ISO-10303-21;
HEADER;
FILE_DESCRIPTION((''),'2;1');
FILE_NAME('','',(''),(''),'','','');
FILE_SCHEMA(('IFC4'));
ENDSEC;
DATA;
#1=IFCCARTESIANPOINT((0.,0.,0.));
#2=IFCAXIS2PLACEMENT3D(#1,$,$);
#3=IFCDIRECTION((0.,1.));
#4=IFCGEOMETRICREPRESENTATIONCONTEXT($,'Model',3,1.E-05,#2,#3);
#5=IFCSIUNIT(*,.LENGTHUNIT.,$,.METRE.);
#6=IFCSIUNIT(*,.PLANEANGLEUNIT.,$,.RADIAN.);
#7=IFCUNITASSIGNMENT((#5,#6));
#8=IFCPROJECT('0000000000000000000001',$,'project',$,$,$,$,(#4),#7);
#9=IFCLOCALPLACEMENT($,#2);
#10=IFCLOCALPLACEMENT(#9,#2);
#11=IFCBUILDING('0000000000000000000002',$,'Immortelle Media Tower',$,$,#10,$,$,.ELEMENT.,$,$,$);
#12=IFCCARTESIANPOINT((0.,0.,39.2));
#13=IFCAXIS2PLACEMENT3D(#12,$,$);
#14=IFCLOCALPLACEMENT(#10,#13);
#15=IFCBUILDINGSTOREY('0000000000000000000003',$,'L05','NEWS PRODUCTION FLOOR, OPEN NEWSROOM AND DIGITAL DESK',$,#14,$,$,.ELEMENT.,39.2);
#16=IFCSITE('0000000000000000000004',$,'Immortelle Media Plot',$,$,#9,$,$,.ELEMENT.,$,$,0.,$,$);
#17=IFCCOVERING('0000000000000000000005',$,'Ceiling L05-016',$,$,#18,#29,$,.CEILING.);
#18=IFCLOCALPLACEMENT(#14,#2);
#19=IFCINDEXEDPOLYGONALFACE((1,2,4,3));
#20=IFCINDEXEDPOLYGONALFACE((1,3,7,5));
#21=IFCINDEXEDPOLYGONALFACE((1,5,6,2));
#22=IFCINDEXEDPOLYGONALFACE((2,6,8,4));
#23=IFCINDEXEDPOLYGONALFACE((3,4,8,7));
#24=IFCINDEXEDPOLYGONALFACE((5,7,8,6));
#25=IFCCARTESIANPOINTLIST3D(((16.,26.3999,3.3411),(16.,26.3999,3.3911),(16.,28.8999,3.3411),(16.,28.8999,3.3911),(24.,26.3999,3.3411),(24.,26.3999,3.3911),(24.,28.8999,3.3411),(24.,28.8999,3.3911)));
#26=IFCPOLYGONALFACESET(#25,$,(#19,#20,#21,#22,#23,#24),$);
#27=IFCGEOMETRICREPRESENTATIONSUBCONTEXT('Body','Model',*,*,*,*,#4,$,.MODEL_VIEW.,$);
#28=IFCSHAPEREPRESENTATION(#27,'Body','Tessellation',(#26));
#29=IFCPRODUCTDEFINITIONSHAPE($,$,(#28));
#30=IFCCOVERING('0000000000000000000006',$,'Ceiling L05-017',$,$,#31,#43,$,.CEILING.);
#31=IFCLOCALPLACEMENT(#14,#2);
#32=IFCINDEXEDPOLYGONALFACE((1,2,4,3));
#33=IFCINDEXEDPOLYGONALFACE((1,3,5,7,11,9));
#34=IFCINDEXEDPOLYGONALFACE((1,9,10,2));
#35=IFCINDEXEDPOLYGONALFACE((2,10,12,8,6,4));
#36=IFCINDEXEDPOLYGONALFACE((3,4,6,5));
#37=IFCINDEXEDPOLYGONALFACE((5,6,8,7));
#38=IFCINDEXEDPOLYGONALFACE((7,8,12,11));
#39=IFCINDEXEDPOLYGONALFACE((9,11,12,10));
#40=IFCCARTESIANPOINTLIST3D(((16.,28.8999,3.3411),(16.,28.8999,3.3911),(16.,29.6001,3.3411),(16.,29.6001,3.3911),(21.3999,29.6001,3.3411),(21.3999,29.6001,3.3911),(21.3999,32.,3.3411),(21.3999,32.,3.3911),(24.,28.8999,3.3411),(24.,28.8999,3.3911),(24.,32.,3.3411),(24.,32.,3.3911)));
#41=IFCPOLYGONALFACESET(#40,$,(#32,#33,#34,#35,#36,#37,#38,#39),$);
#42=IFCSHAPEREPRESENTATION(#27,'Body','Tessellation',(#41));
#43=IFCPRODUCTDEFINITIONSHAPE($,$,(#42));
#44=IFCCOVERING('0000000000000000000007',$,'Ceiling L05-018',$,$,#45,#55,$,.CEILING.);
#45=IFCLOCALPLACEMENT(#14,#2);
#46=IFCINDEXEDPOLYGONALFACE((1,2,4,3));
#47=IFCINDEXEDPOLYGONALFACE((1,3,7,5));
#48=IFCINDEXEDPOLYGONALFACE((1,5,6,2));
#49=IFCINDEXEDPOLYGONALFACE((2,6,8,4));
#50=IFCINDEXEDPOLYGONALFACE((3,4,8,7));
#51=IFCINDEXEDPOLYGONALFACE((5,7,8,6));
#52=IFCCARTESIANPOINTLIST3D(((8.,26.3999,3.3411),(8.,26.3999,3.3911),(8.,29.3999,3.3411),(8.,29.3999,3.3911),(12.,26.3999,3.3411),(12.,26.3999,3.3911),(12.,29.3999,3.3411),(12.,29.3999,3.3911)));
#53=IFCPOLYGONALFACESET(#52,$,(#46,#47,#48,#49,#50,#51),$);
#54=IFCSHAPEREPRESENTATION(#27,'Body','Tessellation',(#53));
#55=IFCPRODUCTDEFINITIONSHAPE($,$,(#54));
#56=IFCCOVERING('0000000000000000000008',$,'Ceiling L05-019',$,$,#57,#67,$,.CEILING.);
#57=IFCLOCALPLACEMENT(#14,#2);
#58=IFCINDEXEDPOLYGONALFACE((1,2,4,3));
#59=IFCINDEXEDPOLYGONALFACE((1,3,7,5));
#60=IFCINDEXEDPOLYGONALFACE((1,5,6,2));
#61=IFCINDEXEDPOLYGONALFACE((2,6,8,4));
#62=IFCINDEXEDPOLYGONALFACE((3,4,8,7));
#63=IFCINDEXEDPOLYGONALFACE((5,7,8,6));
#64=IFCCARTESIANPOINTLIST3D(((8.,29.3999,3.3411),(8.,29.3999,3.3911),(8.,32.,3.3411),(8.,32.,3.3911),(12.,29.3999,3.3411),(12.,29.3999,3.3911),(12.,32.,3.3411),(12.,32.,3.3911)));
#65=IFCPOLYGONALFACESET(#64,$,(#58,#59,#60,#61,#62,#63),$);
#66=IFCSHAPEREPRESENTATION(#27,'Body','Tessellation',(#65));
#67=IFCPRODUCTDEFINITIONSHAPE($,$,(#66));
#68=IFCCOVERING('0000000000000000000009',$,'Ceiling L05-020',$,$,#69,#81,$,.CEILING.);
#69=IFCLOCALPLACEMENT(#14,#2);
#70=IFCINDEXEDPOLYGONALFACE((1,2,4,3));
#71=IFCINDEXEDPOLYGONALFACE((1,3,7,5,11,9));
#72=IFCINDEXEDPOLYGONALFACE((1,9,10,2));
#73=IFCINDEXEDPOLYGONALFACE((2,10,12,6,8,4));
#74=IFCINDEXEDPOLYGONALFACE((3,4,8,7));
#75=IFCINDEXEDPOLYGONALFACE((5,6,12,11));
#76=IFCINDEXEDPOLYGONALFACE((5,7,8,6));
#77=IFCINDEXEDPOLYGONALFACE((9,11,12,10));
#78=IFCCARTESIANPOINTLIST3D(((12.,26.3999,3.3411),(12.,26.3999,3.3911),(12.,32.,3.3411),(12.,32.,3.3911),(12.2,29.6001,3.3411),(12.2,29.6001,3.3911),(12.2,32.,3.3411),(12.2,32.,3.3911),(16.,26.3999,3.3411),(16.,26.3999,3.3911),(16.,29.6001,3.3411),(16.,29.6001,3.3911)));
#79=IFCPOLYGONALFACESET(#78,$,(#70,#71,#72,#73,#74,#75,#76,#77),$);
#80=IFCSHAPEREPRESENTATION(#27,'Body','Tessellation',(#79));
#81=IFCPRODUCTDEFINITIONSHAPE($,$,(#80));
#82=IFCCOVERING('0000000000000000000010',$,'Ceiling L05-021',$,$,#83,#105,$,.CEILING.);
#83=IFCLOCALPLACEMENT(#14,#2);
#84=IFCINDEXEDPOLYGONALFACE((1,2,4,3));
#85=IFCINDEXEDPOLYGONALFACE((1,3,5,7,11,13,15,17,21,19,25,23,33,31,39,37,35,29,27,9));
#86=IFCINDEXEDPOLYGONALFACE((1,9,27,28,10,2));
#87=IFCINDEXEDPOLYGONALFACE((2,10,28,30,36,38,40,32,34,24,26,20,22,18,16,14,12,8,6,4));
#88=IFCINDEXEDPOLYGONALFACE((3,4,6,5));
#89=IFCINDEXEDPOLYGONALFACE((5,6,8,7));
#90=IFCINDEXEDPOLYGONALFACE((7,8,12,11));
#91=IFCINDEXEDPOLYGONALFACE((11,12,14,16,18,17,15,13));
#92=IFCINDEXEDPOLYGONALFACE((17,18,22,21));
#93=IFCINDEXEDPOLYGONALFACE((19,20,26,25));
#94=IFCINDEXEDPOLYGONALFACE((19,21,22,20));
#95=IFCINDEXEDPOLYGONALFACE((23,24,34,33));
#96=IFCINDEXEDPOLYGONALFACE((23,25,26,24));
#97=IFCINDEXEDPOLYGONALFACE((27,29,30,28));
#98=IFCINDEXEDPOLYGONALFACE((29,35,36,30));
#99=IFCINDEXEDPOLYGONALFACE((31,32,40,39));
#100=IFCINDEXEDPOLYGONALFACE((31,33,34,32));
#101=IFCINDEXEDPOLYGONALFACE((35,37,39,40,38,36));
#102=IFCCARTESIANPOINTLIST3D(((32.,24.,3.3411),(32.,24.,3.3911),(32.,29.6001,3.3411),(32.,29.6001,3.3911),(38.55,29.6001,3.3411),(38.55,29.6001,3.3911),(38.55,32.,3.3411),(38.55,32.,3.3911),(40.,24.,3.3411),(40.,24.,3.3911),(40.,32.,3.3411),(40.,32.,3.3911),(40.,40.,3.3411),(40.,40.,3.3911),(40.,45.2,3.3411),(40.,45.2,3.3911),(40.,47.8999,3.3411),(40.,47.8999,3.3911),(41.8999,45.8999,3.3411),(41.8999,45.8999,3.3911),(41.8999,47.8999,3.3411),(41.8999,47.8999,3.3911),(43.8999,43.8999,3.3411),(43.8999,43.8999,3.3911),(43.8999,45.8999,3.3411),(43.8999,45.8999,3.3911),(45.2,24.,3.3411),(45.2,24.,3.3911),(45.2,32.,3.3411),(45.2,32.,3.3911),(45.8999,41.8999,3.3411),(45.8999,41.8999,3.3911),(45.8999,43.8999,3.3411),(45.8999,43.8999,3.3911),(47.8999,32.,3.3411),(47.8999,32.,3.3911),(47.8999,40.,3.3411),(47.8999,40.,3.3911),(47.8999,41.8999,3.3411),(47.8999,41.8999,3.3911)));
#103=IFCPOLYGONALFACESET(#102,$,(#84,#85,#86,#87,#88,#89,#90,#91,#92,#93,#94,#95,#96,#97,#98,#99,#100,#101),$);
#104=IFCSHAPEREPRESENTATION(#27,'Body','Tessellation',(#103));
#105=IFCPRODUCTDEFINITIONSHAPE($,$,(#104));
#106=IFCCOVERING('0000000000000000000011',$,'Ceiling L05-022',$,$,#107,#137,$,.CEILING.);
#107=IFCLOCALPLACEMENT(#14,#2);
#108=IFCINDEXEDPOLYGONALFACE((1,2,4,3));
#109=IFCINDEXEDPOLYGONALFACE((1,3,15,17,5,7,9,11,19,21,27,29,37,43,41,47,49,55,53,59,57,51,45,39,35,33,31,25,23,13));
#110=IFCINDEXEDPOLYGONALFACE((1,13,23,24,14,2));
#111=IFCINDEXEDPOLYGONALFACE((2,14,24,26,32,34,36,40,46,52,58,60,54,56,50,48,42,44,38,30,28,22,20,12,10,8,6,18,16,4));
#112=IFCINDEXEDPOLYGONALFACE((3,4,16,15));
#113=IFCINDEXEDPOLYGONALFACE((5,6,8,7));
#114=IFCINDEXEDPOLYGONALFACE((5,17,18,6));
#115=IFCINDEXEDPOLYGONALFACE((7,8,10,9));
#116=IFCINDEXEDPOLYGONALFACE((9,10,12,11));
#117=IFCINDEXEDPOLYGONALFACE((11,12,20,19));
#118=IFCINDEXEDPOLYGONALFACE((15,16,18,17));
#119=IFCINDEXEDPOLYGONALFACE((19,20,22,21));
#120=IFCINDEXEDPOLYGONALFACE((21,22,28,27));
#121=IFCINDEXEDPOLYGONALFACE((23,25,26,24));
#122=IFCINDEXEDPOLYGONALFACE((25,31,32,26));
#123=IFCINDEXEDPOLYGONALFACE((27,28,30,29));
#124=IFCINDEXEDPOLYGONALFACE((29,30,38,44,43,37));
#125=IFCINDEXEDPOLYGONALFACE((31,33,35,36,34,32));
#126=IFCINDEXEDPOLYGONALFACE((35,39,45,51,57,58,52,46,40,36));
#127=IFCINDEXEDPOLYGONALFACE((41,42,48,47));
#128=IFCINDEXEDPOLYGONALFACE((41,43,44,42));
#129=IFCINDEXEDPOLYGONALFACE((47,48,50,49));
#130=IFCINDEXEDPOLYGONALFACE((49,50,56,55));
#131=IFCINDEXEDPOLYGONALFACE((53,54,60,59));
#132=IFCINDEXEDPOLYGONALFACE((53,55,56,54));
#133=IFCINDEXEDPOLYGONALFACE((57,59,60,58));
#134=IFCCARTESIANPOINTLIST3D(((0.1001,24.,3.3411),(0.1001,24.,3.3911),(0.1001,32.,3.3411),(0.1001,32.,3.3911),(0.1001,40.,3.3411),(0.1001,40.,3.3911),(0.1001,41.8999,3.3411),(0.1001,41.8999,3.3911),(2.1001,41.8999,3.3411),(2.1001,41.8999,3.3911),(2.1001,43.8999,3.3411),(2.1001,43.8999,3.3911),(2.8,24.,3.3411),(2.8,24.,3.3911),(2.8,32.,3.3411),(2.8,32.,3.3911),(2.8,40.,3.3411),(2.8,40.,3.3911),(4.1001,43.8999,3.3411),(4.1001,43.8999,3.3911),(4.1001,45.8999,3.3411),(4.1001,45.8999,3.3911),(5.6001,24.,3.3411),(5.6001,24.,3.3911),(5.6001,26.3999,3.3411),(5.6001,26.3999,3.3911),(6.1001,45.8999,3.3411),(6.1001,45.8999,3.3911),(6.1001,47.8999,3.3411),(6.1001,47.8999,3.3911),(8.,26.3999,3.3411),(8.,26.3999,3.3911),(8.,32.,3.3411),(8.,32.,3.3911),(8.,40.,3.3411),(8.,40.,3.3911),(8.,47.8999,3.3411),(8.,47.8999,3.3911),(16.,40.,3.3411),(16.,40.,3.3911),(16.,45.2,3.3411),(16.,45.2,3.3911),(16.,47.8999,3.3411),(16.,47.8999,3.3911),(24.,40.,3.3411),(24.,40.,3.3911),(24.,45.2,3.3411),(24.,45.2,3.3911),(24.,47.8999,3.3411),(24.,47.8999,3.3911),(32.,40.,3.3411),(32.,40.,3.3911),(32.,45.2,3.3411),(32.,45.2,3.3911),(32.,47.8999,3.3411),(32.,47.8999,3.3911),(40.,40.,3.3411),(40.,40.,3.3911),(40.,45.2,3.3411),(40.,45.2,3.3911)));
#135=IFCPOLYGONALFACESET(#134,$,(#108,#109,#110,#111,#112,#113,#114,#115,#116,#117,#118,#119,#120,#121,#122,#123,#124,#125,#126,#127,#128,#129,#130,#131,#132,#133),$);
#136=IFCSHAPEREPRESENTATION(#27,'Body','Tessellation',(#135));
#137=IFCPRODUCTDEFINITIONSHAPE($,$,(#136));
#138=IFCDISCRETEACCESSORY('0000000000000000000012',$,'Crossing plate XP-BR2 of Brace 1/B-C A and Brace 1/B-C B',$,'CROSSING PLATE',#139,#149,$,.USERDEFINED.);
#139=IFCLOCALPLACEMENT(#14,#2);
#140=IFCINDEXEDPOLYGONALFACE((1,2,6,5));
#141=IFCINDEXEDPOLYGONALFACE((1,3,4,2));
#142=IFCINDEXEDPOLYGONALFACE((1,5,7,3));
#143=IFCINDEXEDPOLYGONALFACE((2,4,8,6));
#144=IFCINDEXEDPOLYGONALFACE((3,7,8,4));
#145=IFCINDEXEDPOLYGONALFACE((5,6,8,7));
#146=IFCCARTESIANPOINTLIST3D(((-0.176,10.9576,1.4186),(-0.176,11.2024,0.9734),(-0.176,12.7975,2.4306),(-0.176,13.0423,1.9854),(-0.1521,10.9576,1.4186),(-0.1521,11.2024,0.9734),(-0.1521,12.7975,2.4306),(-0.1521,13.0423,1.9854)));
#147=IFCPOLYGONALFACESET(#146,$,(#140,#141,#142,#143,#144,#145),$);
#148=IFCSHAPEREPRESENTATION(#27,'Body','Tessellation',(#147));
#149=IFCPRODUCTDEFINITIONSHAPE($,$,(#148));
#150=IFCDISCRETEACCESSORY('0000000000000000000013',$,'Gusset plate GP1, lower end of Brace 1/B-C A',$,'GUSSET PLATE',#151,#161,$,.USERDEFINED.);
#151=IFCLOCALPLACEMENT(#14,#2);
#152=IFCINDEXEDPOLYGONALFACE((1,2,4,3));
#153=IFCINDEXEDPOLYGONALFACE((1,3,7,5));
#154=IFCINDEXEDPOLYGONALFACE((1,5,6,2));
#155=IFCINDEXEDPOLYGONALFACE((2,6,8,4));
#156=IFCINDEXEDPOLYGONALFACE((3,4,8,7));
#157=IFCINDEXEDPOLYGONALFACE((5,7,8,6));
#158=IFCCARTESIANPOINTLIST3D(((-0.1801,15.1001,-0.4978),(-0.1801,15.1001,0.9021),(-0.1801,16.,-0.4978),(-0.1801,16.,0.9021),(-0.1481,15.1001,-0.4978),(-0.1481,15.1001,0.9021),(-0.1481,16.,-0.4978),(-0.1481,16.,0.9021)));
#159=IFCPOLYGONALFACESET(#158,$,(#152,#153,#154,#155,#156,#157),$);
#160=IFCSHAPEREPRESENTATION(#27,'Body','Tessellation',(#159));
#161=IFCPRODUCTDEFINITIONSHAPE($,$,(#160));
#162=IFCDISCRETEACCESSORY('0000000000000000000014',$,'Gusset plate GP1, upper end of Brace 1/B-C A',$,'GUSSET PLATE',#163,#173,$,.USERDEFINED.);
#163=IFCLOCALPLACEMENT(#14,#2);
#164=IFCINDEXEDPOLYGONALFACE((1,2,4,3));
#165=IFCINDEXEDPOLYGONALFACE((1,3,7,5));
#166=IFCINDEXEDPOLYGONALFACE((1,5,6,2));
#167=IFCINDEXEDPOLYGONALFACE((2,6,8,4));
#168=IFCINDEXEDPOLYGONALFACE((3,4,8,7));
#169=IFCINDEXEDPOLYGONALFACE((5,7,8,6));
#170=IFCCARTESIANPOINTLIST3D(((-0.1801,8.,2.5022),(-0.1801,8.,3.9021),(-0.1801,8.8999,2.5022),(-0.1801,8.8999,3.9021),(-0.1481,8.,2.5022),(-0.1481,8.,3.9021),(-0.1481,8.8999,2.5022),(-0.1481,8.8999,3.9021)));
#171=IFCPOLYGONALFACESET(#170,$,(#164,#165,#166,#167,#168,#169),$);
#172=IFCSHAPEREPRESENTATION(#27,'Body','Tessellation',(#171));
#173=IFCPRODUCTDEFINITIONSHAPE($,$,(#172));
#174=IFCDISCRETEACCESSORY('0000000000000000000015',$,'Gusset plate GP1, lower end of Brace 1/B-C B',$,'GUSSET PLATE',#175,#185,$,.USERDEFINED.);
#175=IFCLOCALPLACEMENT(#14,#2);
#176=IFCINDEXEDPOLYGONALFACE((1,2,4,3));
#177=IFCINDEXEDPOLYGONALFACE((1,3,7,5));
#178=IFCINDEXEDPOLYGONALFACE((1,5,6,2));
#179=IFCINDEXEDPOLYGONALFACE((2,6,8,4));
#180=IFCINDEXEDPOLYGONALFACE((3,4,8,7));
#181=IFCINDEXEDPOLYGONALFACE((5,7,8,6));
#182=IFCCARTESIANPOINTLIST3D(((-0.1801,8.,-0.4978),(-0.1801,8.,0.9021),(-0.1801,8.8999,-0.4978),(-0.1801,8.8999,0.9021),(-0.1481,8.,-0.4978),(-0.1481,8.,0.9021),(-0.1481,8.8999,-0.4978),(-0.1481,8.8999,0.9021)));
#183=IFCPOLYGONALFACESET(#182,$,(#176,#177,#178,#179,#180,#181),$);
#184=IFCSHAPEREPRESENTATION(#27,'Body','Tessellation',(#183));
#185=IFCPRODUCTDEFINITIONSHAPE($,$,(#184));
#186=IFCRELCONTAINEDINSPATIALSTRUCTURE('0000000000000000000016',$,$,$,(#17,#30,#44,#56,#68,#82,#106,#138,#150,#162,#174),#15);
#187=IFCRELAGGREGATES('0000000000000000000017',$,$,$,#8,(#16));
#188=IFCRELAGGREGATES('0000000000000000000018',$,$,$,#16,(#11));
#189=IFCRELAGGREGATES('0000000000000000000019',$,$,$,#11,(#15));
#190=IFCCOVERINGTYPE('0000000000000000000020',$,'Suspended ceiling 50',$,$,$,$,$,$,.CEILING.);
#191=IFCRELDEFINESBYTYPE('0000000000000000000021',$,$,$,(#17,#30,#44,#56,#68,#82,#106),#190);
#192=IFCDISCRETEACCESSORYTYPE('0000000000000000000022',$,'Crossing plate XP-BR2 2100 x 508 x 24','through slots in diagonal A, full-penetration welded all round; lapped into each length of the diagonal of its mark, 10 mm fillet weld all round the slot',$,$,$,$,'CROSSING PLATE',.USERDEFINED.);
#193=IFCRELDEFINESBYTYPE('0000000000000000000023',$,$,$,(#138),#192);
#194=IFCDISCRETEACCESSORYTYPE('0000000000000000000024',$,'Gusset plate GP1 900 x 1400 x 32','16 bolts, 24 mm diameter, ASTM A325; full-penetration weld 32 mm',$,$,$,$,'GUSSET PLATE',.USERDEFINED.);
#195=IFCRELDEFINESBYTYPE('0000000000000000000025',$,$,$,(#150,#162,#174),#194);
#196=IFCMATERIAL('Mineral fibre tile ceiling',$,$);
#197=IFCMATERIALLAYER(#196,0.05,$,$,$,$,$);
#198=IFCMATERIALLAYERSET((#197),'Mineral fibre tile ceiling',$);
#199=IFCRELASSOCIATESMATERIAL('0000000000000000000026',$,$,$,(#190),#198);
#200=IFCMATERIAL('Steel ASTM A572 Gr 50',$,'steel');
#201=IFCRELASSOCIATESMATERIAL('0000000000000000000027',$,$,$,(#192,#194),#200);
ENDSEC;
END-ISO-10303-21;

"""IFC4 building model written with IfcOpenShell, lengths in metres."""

from ifc_helpers import new_model, si_unit, direction, frame, origin, origin_2d, place, context, subcontext, project, spatial, polyline, rectangle, outline, extrude, material, layer, layer_set, material_profile, profile_set, type_object, element, save


model = new_model("IFC4")

# Units and contexts
model_context = context("Model", 3, precision=1e-05, world=origin(), true_north=direction((0.0, 1.0)))
body_context = subcontext(model_context, "Body", "Model", "MODEL_VIEW")
ifc_project = project(units=[si_unit("LENGTHUNIT", "METRE"), si_unit("PLANEANGLEUNIT", "RADIAN")], contexts=[model_context])

# Site, building, storey
site_placement = place(None, origin())
site = spatial("IfcSite", under=ifc_project, at=site_placement, Name="Immortelle Media Plot", CompositionType="ELEMENT", RefElevation=0.0)
building_placement = place(site_placement, origin())
building = spatial("IfcBuilding", under=site, at=building_placement, Name="Immortelle Media Tower", CompositionType="ELEMENT")
storey_placement = place(building_placement, frame((0.0, 0.0, 39.2)))
storey = spatial("IfcBuildingStorey", under=building, at=storey_placement, Name="L05", Description="NEWS PRODUCTION FLOOR, OPEN NEWSROOM AND DIGITAL DESK", CompositionType="ELEMENT", Elevation=39.2)

# Coverings
ifc_material_1 = material(Name="Mineral fibre tile ceiling")
ifc_layer_1 = layer(ifc_material_1, 0.05)
ifc_layer_set_1 = layer_set([ifc_layer_1], Name="Mineral fibre tile ceiling")
covering_type = type_object("IfcCoveringType", Name="Suspended ceiling 50", PredefinedType="CEILING", material=ifc_layer_set_1)
covering_1_placement = place(storey_placement, frame((0.0, 0.0, 3.3411)))
element("IfcCovering", 1, at=covering_1_placement, inside=storey, type_object=covering_type, Name="Ceiling L05-016", PredefinedType="CEILING", context=body_context, shape_type="SweptSolid", body=[
    extrude(outline(polyline([(16.0, 28.8999), (24.0, 28.8999), (24.0, 26.3999), (16.0, 26.3999), (16.0, 28.8999)])), origin(), (0.0, 0.0, 1.0), 0.05),
])
covering_2_placement = place(storey_placement, frame((0.0, 0.0, 3.3411)))
element("IfcCovering", 2, at=covering_2_placement, inside=storey, type_object=covering_type, Name="Ceiling L05-017", PredefinedType="CEILING", context=body_context, shape_type="SweptSolid", body=[
    extrude(outline(polyline([(16.0, 29.6001), (21.3999, 29.6001), (21.3999, 32.0), (24.0, 32.0), (24.0, 28.8999), (16.0, 28.8999), (16.0, 29.6001)])), origin(), (0.0, 0.0, 1.0), 0.05),
])
covering_3_placement = place(storey_placement, frame((0.0, 0.0, 3.3411)))
element("IfcCovering", 3, at=covering_3_placement, inside=storey, type_object=covering_type, Name="Ceiling L05-018", PredefinedType="CEILING", context=body_context, shape_type="SweptSolid", body=[
    extrude(outline(polyline([(12.0, 26.3999), (8.0, 26.3999), (8.0, 29.3999), (12.0, 29.3999), (12.0, 26.3999)])), origin(), (0.0, 0.0, 1.0), 0.05),
])
covering_4_placement = place(storey_placement, frame((0.0, 0.0, 3.3411)))
element("IfcCovering", 4, at=covering_4_placement, inside=storey, type_object=covering_type, Name="Ceiling L05-019", PredefinedType="CEILING", context=body_context, shape_type="SweptSolid", body=[
    extrude(outline(polyline([(12.0, 32.0), (12.0, 29.3999), (8.0, 29.3999), (8.0, 32.0), (12.0, 32.0)])), origin(), (0.0, 0.0, 1.0), 0.05),
])
covering_5_placement = place(storey_placement, frame((0.0, 0.0, 3.3411)))
element("IfcCovering", 5, at=covering_5_placement, inside=storey, type_object=covering_type, Name="Ceiling L05-020", PredefinedType="CEILING", context=body_context, shape_type="SweptSolid", body=[
    extrude(outline(polyline([(12.2, 32.0), (12.2, 29.6001), (16.0, 29.6001), (16.0, 26.3999), (12.0, 26.3999), (12.0, 32.0), (12.2, 32.0)])), origin(), (0.0, 0.0, 1.0), 0.05),
])
covering_6_placement = place(storey_placement, frame((0.0, 0.0, 3.3411)))
element("IfcCovering", 6, at=covering_6_placement, inside=storey, type_object=covering_type, Name="Ceiling L05-021", PredefinedType="CEILING", context=body_context, shape_type="SweptSolid", body=[
    extrude(outline(polyline([(38.55, 32.0), (40.0, 32.0), (40.0, 40.0), (40.0, 45.2), (40.0, 47.8999), (41.8999, 47.8999), (41.8999, 45.8999), (43.8999, 45.8999), (43.8999, 43.8999), (45.8999, 43.8999), (45.8999, 41.8999), (47.8999, 41.8999), (47.8999, 40.0), (47.8999, 32.0), (45.2, 32.0), (45.2, 24.0), (40.0, 24.0), (32.0, 24.0), (32.0, 29.6001), (38.55, 29.6001), (38.55, 32.0)])), origin(), (0.0, 0.0, 1.0), 0.05),
])
covering_7_placement = place(storey_placement, frame((0.0, 0.0, 3.3411)))
element("IfcCovering", 7, at=covering_7_placement, inside=storey, type_object=covering_type, Name="Ceiling L05-022", PredefinedType="CEILING", context=body_context, shape_type="SweptSolid", body=[
    extrude(outline(polyline([(2.8, 40.0), (0.1001, 40.0), (0.1001, 41.8999), (2.1001, 41.8999), (2.1001, 43.8999), (4.1001, 43.8999), (4.1001, 45.8999), (6.1001, 45.8999), (6.1001, 47.8999), (8.0, 47.8999), (16.0, 47.8999), (16.0, 45.2), (24.0, 45.2), (24.0, 47.8999), (32.0, 47.8999), (32.0, 45.2), (40.0, 45.2), (40.0, 40.0), (32.0, 40.0), (24.0, 40.0), (16.0, 40.0), (8.0, 40.0), (8.0, 32.0), (8.0, 26.3999), (5.6001, 26.3999), (5.6001, 24.0), (2.8, 24.0), (0.1001, 24.0), (0.1001, 32.0), (2.8, 32.0), (2.8, 40.0)])), origin(), (0.0, 0.0, 1.0), 0.05),
])

# Discrete accessories
ifc_material_2 = material(Name="Steel ASTM A572 Gr 50", Category="steel")
ifc_material_profile_1 = material_profile(ifc_material_2, rectangle(XDim=0.0239, YDim=0.5081, at=origin_2d()), Name="PL 24 x 508")
ifc_profile_set_1 = profile_set([ifc_material_profile_1], Name="Steel ASTM A572 Gr 50")
discrete_accessory_type_1 = type_object("IfcDiscreteAccessoryType", Name="Crossing plate XP-BR2 2100 x 508 x 24", Description="through slots in diagonal A, full-penetration welded all round; lapped into each length of the diagonal of its mark, 10 mm fillet weld all round the slot", ElementType="CROSSING PLATE", PredefinedType="USERDEFINED", material=ifc_profile_set_1)
discrete_accessory_placement = place(storey_placement, frame((-0.1641, 12.9199, 2.208), z_axis=(0.0, -0.876206, -0.481937), x_axis=(1.0, 0.0, 0.0)))
element("IfcDiscreteAccessory", 8, at=discrete_accessory_placement, inside=storey, type_object=discrete_accessory_type_1, Name="Crossing plate XP-BR2 of Brace 1/B-C A and Brace 1/B-C B", ObjectType="CROSSING PLATE", PredefinedType="USERDEFINED", context=body_context, shape_type="SweptSolid", body=[
    extrude(rectangle(XDim=0.0239, YDim=0.5081, at=origin_2d()), origin(), (0.0, 0.0, 1.0), 2.0999),
])
ifc_material_profile_2 = material_profile(ifc_material_2, rectangle(XDim=0.032, YDim=1.3999, at=origin_2d()), Name="PL 32 x 1400")
ifc_profile_set_2 = profile_set([ifc_material_profile_2], Name="Steel ASTM A572 Gr 50")
discrete_accessory_type_2 = type_object("IfcDiscreteAccessoryType", Name="Gusset plate GP1 900 x 1400 x 32", Description="16 bolts, 24 mm diameter, ASTM A325; full-penetration weld 32 mm", ElementType="GUSSET PLATE", PredefinedType="USERDEFINED", material=ifc_profile_set_2)
for number, where, z_axis, x_axis, name in (
    (9, (-0.1641, 16.0, 0.2021), (0.0, -1.0, 0.0), (1.0, 0.0, 0.0), "Gusset plate GP1, lower end of Brace 1/B-C A"),
    (10, (-0.1641, 8.0, 3.2021), (0.0, 1.0, 0.0), (-1.0, 0.0, 0.0), "Gusset plate GP1, upper end of Brace 1/B-C A"),
    (11, (-0.1641, 8.0, 0.2021), (0.0, 1.0, 0.0), (-1.0, 0.0, 0.0), "Gusset plate GP1, lower end of Brace 1/B-C B"),
):
    element("IfcDiscreteAccessory", number, at=place(storey_placement, frame(where, z_axis=z_axis, x_axis=x_axis)), inside=storey, type_object=discrete_accessory_type_2, Name=name, ObjectType="GUSSET PLATE", PredefinedType="USERDEFINED", context=body_context, shape_type="SweptSolid", body=[
        extrude(rectangle(XDim=0.032, YDim=1.3999, at=origin_2d()), origin(), (0.0, 0.0, 1.0), 0.8999),
    ])

save(model, "model.ifc")
